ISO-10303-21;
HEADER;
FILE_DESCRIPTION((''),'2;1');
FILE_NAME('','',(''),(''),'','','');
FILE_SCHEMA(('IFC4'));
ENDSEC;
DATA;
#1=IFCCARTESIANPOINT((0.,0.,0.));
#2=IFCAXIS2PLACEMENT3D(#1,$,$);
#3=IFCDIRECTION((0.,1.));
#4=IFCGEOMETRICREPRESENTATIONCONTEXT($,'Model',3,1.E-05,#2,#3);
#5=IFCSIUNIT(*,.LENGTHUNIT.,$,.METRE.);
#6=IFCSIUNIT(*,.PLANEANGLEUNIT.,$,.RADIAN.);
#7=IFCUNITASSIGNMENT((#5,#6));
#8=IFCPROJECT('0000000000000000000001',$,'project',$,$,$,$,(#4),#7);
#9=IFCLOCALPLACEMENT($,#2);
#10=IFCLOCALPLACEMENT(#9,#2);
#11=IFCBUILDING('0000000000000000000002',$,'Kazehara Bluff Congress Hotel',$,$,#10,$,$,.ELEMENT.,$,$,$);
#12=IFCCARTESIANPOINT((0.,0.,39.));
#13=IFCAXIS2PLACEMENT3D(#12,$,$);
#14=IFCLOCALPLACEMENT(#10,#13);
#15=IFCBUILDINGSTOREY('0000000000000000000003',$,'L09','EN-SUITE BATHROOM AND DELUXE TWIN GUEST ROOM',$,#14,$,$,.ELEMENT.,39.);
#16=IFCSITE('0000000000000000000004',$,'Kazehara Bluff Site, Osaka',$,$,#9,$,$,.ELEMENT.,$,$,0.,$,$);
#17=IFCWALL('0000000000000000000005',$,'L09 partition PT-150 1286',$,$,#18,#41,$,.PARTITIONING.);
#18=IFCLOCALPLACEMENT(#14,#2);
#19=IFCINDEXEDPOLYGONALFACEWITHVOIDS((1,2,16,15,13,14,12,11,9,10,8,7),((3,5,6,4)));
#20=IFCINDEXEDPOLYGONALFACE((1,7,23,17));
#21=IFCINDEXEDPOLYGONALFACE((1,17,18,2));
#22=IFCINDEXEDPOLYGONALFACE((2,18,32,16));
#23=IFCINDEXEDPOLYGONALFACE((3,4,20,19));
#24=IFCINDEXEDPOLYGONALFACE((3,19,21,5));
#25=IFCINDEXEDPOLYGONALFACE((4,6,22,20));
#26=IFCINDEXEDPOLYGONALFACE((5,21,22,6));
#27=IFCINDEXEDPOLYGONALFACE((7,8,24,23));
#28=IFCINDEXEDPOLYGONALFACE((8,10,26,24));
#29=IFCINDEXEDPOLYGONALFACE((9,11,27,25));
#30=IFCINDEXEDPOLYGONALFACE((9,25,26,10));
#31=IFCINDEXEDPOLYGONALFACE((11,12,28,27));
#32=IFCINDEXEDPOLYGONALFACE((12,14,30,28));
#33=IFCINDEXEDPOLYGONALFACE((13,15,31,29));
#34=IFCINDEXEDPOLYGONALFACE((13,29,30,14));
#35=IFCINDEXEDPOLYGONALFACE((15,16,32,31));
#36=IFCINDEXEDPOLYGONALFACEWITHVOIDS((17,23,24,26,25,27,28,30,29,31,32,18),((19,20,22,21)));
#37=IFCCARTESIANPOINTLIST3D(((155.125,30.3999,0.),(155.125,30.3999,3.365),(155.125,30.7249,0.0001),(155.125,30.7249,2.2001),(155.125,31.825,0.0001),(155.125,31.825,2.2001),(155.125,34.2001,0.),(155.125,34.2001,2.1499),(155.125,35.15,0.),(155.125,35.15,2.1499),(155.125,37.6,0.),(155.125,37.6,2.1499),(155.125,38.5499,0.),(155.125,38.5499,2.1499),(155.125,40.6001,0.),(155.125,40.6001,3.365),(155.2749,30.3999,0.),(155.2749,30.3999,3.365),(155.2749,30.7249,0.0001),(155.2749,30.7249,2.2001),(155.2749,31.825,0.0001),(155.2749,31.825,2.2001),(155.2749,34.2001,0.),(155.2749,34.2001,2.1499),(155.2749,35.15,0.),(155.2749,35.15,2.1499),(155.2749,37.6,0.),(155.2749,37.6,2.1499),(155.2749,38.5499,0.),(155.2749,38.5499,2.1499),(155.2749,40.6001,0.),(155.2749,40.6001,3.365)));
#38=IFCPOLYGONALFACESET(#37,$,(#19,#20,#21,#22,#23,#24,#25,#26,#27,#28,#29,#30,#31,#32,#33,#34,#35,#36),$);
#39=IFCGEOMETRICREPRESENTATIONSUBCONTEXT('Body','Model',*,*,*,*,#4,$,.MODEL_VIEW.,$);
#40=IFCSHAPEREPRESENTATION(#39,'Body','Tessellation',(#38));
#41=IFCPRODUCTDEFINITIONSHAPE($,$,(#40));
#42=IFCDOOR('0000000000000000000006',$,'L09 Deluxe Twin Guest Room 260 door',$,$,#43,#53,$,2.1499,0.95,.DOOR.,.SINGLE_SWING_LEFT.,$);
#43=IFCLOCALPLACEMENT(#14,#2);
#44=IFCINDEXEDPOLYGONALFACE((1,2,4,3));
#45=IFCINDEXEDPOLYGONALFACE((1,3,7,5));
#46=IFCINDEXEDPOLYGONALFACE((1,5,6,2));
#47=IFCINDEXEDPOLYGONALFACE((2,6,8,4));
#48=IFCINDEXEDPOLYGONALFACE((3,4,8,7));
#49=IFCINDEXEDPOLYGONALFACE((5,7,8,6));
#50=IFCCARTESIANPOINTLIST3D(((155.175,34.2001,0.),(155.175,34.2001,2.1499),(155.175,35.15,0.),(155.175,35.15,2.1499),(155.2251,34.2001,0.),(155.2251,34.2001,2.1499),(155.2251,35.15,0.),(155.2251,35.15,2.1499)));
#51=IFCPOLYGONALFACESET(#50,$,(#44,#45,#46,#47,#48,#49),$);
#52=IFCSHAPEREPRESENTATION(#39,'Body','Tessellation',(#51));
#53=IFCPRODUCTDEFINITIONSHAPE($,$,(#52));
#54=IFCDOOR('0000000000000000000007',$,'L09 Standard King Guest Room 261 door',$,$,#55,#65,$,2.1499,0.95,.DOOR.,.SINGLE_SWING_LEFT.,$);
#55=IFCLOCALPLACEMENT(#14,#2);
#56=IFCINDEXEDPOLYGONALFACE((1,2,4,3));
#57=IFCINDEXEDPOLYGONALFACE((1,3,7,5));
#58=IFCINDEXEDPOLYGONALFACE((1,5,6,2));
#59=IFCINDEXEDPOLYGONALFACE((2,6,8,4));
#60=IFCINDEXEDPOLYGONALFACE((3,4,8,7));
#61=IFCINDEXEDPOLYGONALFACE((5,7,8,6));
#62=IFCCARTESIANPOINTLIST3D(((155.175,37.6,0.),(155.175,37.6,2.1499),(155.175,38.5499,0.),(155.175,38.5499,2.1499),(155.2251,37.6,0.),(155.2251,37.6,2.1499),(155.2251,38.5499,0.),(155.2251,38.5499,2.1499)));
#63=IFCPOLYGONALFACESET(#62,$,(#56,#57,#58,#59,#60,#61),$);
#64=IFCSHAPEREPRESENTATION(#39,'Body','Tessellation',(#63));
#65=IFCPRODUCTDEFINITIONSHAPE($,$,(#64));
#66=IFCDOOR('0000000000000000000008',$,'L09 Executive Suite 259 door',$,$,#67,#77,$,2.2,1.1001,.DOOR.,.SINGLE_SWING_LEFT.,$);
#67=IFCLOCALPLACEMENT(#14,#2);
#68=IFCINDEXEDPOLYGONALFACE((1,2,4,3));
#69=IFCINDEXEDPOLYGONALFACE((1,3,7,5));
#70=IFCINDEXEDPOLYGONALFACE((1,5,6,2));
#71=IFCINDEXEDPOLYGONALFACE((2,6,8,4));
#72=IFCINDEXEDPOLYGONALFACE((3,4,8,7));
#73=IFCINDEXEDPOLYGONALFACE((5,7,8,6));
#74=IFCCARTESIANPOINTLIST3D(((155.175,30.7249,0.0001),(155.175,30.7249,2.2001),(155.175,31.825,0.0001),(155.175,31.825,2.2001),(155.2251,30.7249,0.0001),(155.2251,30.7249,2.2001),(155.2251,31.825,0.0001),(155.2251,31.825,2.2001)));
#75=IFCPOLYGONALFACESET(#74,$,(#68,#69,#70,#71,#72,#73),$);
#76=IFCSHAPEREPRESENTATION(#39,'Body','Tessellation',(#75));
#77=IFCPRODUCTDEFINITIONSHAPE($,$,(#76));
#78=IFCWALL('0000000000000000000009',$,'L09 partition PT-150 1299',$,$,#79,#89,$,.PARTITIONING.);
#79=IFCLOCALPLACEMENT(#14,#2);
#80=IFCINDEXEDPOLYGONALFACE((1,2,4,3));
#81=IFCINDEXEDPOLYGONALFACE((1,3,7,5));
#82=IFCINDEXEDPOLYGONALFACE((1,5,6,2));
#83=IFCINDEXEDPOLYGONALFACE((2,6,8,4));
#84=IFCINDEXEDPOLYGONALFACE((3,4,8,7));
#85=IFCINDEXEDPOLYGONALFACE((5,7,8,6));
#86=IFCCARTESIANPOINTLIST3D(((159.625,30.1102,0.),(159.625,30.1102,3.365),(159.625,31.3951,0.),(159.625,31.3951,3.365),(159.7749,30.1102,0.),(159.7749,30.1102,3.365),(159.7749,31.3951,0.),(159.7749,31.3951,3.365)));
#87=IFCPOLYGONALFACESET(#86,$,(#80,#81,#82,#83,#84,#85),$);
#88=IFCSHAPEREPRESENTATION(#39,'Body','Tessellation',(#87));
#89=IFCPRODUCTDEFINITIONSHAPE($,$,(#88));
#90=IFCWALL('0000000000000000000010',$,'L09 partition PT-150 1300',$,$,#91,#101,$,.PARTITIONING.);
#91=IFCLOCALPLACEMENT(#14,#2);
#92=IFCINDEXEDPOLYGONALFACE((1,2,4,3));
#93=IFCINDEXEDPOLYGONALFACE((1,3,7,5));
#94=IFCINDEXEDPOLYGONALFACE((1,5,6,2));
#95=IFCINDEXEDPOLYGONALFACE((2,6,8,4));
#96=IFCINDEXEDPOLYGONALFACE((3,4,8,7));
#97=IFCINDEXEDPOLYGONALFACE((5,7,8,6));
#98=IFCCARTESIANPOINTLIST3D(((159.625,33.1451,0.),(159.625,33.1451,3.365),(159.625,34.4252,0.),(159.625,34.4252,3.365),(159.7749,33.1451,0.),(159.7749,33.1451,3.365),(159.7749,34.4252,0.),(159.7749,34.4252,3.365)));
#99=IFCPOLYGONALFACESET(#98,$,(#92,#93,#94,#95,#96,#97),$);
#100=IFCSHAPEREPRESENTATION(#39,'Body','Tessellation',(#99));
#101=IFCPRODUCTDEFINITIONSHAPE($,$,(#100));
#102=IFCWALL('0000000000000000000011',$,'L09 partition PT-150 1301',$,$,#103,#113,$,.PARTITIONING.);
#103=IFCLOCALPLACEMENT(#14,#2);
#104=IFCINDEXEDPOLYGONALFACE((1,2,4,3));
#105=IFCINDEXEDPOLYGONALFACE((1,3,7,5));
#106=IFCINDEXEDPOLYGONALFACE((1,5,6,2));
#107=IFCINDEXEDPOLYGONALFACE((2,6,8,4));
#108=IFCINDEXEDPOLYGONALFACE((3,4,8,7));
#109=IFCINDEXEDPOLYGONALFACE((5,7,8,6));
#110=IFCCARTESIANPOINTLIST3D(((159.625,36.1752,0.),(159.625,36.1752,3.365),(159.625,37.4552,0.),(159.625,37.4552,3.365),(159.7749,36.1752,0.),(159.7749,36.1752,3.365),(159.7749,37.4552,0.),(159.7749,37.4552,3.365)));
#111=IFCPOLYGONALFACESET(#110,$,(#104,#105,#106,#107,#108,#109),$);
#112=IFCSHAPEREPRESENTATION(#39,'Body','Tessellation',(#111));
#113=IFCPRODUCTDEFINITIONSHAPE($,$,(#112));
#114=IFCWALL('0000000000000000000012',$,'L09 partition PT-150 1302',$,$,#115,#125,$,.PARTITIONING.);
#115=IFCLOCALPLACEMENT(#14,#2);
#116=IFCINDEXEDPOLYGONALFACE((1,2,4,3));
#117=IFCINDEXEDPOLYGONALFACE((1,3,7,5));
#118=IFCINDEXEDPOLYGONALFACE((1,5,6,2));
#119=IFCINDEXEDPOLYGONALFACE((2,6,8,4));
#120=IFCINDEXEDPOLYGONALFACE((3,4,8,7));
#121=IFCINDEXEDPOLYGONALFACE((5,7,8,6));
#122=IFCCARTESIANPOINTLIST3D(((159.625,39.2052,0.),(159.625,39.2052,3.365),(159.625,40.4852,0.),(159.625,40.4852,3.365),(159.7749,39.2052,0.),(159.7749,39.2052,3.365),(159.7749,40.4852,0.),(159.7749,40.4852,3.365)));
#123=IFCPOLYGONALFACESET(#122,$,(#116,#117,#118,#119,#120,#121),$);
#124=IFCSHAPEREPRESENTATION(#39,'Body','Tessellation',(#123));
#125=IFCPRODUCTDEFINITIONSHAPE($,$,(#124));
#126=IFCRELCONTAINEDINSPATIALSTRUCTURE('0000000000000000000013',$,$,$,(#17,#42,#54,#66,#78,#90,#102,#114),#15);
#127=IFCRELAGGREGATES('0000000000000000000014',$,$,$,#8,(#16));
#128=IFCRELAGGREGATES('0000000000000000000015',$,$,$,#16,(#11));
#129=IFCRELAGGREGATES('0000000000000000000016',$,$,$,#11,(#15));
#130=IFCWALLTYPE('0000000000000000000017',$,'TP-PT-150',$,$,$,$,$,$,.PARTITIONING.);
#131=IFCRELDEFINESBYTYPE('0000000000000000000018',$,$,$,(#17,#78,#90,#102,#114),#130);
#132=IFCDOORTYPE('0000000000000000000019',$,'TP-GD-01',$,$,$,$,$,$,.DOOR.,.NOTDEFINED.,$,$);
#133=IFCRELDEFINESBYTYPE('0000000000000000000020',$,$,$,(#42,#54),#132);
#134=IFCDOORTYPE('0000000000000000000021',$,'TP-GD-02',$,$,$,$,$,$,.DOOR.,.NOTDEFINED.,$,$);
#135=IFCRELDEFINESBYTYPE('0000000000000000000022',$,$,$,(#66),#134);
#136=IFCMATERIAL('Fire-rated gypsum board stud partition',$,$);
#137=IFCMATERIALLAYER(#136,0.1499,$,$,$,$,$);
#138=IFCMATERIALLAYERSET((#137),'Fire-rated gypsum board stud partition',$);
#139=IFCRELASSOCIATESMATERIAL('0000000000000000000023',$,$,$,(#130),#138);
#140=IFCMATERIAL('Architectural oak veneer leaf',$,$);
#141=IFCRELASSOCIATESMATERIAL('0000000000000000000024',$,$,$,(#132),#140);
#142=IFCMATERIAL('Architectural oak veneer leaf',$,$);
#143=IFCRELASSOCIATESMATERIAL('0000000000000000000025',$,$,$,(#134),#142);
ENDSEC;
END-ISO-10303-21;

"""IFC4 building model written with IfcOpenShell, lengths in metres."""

from ifc_helpers import new_model, si_unit, direction, frame, frame_2d, origin, place, context, subcontext, project, spatial, rectangle, extrude, material, layer, layer_set, type_object, element, fill, save


model = new_model("IFC4")

# Units and contexts
model_context = context("Model", 3, precision=1e-05, world=origin(), true_north=direction((0.0, 1.0)))
body_context = subcontext(model_context, "Body", "Model", "MODEL_VIEW")
ifc_project = project(units=[si_unit("LENGTHUNIT", "METRE"), si_unit("PLANEANGLEUNIT", "RADIAN")], contexts=[model_context])

# Site, building, storey
site_placement = place(None, origin())
site = spatial("IfcSite", under=ifc_project, at=site_placement, Name="Kazehara Bluff Site, Osaka", CompositionType="ELEMENT", RefElevation=0.0)
building_placement = place(site_placement, origin())
building = spatial("IfcBuilding", under=site, at=building_placement, Name="Kazehara Bluff Congress Hotel", CompositionType="ELEMENT")
storey_placement = place(building_placement, frame((0.0, 0.0, 39.0)))
storey = spatial("IfcBuildingStorey", under=building, at=storey_placement, Name="L09", Description="EN-SUITE BATHROOM AND DELUXE TWIN GUEST ROOM", CompositionType="ELEMENT", Elevation=39.0)

# Shared definitions
ifc_material_1 = material(Name="Fire-rated gypsum board stud partition")
ifc_layer_1 = layer(ifc_material_1, 0.1499)
ifc_layer_set_1 = layer_set([ifc_layer_1], Name="Fire-rated gypsum board stud partition")
wall_type_1 = type_object("IfcWallType", Name="TP-PT-150", PredefinedType="PARTITIONING", material=ifc_layer_set_1)

# Wall, openings, doors
wall_1_placement = place(storey_placement, frame((155.2, 30.3999, 0.0), z_axis=(0.0, 0.0, 1.0), x_axis=(0.0, 1.0, 0.0)))
wall_1 = element("IfcWall", 1, at=wall_1_placement, inside=storey, type_object=wall_type_1, Name="L09 partition PT-150 1286", PredefinedType="PARTITIONING", context=body_context, shape_type="SweptSolid", body=[
    extrude(rectangle(XDim=10.2002, YDim=0.1499, at=frame_2d((5.1001, 0.0))), origin(), (0.0, 0.0, 1.0), 3.365),
])
opening_1_placement = place(wall_1_placement, frame((0.325, 0.0, 0.0)))
opening_1 = element("IfcOpeningElement", 2, at=opening_1_placement, cuts=wall_1, PredefinedType="OPENING", context=body_context, shape_type="SweptSolid", body=[
    extrude(rectangle(XDim=1.1001, YDim=2.2, at=frame_2d((0.55, 1.1001))), frame((0.0, 0.085, 0.0), z_axis=(0.0, -1.0, 0.0), x_axis=(1.0, 0.0, 0.0)), (0.0, 0.0, 1.0), 0.1699),
])
opening_2_placement = place(wall_1_placement, frame((3.8, 0.0, 0.0)))
opening_2 = element("IfcOpeningElement", 3, at=opening_2_placement, cuts=wall_1, PredefinedType="OPENING", context=body_context, shape_type="SweptSolid", body=[
    extrude(rectangle(XDim=0.95, YDim=2.1499, at=frame_2d((0.4751, 1.075))), frame((0.0, 0.085, 0.0), z_axis=(0.0, -1.0, 0.0), x_axis=(1.0, 0.0, 0.0)), (0.0, 0.0, 1.0), 0.1699),
])
opening_3_placement = place(wall_1_placement, frame((7.2, 0.0, 0.0)))
opening_3 = element("IfcOpeningElement", 4, at=opening_3_placement, cuts=wall_1, PredefinedType="OPENING", context=body_context, shape_type="SweptSolid", body=[
    extrude(rectangle(XDim=0.95, YDim=2.1499, at=frame_2d((0.4751, 1.075))), frame((0.0, 0.085, 0.0), z_axis=(0.0, -1.0, 0.0), x_axis=(1.0, 0.0, 0.0)), (0.0, 0.0, 1.0), 0.1699),
])
ifc_material_2 = material(Name="Architectural oak veneer leaf")
door_type_1 = type_object("IfcDoorType", Name="TP-GD-01", OperationType="NOTDEFINED", PredefinedType="DOOR", material=ifc_material_2)
door_1_placement = place(opening_2_placement, origin())
door_1 = element("IfcDoor", 5, at=door_1_placement, inside=storey, type_object=door_type_1, Name="L09 Deluxe Twin Guest Room 260 door", OperationType="SINGLE_SWING_LEFT", OverallHeight=2.1499, OverallWidth=0.95, PredefinedType="DOOR", context=body_context, shape_type="SweptSolid", body=[
    extrude(rectangle(XDim=0.95, YDim=2.1499, at=frame_2d((0.4751, 1.075))), frame((0.0, 0.0249, 0.0), z_axis=(0.0, -1.0, 0.0), x_axis=(1.0, 0.0, 0.0)), (0.0, 0.0, 1.0), 0.05),
])
fill(opening_2, door_1)
door_2_placement = place(opening_3_placement, origin())
door_2 = element("IfcDoor", 6, at=door_2_placement, inside=storey, type_object=door_type_1, Name="L09 Standard King Guest Room 261 door", OperationType="SINGLE_SWING_LEFT", OverallHeight=2.1499, OverallWidth=0.95, PredefinedType="DOOR", context=body_context, shape_type="SweptSolid", body=[
    extrude(rectangle(XDim=0.95, YDim=2.1499, at=frame_2d((0.4751, 1.075))), frame((0.0, 0.0249, 0.0), z_axis=(0.0, -1.0, 0.0), x_axis=(1.0, 0.0, 0.0)), (0.0, 0.0, 1.0), 0.05),
])
fill(opening_3, door_2)
ifc_material_3 = material(Name="Architectural oak veneer leaf")
door_type_2 = type_object("IfcDoorType", Name="TP-GD-02", OperationType="NOTDEFINED", PredefinedType="DOOR", material=ifc_material_3)
door_3_placement = place(opening_1_placement, origin())
door_3 = element("IfcDoor", 7, at=door_3_placement, inside=storey, type_object=door_type_2, Name="L09 Executive Suite 259 door", OperationType="SINGLE_SWING_LEFT", OverallHeight=2.2, OverallWidth=1.1001, PredefinedType="DOOR", context=body_context, shape_type="SweptSolid", body=[
    extrude(rectangle(XDim=1.1001, YDim=2.2, at=frame_2d((0.55, 1.1001))), frame((0.0, 0.0249, 0.0), z_axis=(0.0, -1.0, 0.0), x_axis=(1.0, 0.0, 0.0)), (0.0, 0.0, 1.0), 0.05),
])
fill(opening_1, door_3)

# Walls
wall_2_placement = place(storey_placement, frame((159.7, 30.1101, 0.0), z_axis=(0.0, 0.0, 1.0), x_axis=(0.0, 1.0, 0.0)))
element("IfcWall", 8, at=wall_2_placement, inside=storey, type_object=wall_type_1, Name="L09 partition PT-150 1299", PredefinedType="PARTITIONING", context=body_context, shape_type="SweptSolid", body=[
    extrude(rectangle(XDim=1.2849, YDim=0.1499, at=frame_2d((0.6426, 0.0))), origin(), (0.0, 0.0, 1.0), 3.365),
])
for number, where, z_axis, x_axis, name in (
    (9, (159.7, 33.145, 0.0), (0.0, 0.0, 1.0), (0.0, 1.0, 0.0), "L09 partition PT-150 1300"),
    (10, (159.7, 36.175, 0.0), (0.0, 0.0, 1.0), (0.0, 1.0, 0.0), "L09 partition PT-150 1301"),
    (11, (159.7, 39.2051, 0.0), (0.0, 0.0, 1.0), (0.0, 1.0, 0.0), "L09 partition PT-150 1302"),
):
    element("IfcWall", number, at=place(storey_placement, frame(where, z_axis=z_axis, x_axis=x_axis)), inside=storey, type_object=wall_type_1, Name=name, PredefinedType="PARTITIONING", context=body_context, shape_type="SweptSolid", body=[
        extrude(rectangle(XDim=1.28, YDim=0.1499, at=frame_2d((0.6401, 0.0))), origin(), (0.0, 0.0, 1.0), 3.365),
    ])

save(model, "model.ifc")
